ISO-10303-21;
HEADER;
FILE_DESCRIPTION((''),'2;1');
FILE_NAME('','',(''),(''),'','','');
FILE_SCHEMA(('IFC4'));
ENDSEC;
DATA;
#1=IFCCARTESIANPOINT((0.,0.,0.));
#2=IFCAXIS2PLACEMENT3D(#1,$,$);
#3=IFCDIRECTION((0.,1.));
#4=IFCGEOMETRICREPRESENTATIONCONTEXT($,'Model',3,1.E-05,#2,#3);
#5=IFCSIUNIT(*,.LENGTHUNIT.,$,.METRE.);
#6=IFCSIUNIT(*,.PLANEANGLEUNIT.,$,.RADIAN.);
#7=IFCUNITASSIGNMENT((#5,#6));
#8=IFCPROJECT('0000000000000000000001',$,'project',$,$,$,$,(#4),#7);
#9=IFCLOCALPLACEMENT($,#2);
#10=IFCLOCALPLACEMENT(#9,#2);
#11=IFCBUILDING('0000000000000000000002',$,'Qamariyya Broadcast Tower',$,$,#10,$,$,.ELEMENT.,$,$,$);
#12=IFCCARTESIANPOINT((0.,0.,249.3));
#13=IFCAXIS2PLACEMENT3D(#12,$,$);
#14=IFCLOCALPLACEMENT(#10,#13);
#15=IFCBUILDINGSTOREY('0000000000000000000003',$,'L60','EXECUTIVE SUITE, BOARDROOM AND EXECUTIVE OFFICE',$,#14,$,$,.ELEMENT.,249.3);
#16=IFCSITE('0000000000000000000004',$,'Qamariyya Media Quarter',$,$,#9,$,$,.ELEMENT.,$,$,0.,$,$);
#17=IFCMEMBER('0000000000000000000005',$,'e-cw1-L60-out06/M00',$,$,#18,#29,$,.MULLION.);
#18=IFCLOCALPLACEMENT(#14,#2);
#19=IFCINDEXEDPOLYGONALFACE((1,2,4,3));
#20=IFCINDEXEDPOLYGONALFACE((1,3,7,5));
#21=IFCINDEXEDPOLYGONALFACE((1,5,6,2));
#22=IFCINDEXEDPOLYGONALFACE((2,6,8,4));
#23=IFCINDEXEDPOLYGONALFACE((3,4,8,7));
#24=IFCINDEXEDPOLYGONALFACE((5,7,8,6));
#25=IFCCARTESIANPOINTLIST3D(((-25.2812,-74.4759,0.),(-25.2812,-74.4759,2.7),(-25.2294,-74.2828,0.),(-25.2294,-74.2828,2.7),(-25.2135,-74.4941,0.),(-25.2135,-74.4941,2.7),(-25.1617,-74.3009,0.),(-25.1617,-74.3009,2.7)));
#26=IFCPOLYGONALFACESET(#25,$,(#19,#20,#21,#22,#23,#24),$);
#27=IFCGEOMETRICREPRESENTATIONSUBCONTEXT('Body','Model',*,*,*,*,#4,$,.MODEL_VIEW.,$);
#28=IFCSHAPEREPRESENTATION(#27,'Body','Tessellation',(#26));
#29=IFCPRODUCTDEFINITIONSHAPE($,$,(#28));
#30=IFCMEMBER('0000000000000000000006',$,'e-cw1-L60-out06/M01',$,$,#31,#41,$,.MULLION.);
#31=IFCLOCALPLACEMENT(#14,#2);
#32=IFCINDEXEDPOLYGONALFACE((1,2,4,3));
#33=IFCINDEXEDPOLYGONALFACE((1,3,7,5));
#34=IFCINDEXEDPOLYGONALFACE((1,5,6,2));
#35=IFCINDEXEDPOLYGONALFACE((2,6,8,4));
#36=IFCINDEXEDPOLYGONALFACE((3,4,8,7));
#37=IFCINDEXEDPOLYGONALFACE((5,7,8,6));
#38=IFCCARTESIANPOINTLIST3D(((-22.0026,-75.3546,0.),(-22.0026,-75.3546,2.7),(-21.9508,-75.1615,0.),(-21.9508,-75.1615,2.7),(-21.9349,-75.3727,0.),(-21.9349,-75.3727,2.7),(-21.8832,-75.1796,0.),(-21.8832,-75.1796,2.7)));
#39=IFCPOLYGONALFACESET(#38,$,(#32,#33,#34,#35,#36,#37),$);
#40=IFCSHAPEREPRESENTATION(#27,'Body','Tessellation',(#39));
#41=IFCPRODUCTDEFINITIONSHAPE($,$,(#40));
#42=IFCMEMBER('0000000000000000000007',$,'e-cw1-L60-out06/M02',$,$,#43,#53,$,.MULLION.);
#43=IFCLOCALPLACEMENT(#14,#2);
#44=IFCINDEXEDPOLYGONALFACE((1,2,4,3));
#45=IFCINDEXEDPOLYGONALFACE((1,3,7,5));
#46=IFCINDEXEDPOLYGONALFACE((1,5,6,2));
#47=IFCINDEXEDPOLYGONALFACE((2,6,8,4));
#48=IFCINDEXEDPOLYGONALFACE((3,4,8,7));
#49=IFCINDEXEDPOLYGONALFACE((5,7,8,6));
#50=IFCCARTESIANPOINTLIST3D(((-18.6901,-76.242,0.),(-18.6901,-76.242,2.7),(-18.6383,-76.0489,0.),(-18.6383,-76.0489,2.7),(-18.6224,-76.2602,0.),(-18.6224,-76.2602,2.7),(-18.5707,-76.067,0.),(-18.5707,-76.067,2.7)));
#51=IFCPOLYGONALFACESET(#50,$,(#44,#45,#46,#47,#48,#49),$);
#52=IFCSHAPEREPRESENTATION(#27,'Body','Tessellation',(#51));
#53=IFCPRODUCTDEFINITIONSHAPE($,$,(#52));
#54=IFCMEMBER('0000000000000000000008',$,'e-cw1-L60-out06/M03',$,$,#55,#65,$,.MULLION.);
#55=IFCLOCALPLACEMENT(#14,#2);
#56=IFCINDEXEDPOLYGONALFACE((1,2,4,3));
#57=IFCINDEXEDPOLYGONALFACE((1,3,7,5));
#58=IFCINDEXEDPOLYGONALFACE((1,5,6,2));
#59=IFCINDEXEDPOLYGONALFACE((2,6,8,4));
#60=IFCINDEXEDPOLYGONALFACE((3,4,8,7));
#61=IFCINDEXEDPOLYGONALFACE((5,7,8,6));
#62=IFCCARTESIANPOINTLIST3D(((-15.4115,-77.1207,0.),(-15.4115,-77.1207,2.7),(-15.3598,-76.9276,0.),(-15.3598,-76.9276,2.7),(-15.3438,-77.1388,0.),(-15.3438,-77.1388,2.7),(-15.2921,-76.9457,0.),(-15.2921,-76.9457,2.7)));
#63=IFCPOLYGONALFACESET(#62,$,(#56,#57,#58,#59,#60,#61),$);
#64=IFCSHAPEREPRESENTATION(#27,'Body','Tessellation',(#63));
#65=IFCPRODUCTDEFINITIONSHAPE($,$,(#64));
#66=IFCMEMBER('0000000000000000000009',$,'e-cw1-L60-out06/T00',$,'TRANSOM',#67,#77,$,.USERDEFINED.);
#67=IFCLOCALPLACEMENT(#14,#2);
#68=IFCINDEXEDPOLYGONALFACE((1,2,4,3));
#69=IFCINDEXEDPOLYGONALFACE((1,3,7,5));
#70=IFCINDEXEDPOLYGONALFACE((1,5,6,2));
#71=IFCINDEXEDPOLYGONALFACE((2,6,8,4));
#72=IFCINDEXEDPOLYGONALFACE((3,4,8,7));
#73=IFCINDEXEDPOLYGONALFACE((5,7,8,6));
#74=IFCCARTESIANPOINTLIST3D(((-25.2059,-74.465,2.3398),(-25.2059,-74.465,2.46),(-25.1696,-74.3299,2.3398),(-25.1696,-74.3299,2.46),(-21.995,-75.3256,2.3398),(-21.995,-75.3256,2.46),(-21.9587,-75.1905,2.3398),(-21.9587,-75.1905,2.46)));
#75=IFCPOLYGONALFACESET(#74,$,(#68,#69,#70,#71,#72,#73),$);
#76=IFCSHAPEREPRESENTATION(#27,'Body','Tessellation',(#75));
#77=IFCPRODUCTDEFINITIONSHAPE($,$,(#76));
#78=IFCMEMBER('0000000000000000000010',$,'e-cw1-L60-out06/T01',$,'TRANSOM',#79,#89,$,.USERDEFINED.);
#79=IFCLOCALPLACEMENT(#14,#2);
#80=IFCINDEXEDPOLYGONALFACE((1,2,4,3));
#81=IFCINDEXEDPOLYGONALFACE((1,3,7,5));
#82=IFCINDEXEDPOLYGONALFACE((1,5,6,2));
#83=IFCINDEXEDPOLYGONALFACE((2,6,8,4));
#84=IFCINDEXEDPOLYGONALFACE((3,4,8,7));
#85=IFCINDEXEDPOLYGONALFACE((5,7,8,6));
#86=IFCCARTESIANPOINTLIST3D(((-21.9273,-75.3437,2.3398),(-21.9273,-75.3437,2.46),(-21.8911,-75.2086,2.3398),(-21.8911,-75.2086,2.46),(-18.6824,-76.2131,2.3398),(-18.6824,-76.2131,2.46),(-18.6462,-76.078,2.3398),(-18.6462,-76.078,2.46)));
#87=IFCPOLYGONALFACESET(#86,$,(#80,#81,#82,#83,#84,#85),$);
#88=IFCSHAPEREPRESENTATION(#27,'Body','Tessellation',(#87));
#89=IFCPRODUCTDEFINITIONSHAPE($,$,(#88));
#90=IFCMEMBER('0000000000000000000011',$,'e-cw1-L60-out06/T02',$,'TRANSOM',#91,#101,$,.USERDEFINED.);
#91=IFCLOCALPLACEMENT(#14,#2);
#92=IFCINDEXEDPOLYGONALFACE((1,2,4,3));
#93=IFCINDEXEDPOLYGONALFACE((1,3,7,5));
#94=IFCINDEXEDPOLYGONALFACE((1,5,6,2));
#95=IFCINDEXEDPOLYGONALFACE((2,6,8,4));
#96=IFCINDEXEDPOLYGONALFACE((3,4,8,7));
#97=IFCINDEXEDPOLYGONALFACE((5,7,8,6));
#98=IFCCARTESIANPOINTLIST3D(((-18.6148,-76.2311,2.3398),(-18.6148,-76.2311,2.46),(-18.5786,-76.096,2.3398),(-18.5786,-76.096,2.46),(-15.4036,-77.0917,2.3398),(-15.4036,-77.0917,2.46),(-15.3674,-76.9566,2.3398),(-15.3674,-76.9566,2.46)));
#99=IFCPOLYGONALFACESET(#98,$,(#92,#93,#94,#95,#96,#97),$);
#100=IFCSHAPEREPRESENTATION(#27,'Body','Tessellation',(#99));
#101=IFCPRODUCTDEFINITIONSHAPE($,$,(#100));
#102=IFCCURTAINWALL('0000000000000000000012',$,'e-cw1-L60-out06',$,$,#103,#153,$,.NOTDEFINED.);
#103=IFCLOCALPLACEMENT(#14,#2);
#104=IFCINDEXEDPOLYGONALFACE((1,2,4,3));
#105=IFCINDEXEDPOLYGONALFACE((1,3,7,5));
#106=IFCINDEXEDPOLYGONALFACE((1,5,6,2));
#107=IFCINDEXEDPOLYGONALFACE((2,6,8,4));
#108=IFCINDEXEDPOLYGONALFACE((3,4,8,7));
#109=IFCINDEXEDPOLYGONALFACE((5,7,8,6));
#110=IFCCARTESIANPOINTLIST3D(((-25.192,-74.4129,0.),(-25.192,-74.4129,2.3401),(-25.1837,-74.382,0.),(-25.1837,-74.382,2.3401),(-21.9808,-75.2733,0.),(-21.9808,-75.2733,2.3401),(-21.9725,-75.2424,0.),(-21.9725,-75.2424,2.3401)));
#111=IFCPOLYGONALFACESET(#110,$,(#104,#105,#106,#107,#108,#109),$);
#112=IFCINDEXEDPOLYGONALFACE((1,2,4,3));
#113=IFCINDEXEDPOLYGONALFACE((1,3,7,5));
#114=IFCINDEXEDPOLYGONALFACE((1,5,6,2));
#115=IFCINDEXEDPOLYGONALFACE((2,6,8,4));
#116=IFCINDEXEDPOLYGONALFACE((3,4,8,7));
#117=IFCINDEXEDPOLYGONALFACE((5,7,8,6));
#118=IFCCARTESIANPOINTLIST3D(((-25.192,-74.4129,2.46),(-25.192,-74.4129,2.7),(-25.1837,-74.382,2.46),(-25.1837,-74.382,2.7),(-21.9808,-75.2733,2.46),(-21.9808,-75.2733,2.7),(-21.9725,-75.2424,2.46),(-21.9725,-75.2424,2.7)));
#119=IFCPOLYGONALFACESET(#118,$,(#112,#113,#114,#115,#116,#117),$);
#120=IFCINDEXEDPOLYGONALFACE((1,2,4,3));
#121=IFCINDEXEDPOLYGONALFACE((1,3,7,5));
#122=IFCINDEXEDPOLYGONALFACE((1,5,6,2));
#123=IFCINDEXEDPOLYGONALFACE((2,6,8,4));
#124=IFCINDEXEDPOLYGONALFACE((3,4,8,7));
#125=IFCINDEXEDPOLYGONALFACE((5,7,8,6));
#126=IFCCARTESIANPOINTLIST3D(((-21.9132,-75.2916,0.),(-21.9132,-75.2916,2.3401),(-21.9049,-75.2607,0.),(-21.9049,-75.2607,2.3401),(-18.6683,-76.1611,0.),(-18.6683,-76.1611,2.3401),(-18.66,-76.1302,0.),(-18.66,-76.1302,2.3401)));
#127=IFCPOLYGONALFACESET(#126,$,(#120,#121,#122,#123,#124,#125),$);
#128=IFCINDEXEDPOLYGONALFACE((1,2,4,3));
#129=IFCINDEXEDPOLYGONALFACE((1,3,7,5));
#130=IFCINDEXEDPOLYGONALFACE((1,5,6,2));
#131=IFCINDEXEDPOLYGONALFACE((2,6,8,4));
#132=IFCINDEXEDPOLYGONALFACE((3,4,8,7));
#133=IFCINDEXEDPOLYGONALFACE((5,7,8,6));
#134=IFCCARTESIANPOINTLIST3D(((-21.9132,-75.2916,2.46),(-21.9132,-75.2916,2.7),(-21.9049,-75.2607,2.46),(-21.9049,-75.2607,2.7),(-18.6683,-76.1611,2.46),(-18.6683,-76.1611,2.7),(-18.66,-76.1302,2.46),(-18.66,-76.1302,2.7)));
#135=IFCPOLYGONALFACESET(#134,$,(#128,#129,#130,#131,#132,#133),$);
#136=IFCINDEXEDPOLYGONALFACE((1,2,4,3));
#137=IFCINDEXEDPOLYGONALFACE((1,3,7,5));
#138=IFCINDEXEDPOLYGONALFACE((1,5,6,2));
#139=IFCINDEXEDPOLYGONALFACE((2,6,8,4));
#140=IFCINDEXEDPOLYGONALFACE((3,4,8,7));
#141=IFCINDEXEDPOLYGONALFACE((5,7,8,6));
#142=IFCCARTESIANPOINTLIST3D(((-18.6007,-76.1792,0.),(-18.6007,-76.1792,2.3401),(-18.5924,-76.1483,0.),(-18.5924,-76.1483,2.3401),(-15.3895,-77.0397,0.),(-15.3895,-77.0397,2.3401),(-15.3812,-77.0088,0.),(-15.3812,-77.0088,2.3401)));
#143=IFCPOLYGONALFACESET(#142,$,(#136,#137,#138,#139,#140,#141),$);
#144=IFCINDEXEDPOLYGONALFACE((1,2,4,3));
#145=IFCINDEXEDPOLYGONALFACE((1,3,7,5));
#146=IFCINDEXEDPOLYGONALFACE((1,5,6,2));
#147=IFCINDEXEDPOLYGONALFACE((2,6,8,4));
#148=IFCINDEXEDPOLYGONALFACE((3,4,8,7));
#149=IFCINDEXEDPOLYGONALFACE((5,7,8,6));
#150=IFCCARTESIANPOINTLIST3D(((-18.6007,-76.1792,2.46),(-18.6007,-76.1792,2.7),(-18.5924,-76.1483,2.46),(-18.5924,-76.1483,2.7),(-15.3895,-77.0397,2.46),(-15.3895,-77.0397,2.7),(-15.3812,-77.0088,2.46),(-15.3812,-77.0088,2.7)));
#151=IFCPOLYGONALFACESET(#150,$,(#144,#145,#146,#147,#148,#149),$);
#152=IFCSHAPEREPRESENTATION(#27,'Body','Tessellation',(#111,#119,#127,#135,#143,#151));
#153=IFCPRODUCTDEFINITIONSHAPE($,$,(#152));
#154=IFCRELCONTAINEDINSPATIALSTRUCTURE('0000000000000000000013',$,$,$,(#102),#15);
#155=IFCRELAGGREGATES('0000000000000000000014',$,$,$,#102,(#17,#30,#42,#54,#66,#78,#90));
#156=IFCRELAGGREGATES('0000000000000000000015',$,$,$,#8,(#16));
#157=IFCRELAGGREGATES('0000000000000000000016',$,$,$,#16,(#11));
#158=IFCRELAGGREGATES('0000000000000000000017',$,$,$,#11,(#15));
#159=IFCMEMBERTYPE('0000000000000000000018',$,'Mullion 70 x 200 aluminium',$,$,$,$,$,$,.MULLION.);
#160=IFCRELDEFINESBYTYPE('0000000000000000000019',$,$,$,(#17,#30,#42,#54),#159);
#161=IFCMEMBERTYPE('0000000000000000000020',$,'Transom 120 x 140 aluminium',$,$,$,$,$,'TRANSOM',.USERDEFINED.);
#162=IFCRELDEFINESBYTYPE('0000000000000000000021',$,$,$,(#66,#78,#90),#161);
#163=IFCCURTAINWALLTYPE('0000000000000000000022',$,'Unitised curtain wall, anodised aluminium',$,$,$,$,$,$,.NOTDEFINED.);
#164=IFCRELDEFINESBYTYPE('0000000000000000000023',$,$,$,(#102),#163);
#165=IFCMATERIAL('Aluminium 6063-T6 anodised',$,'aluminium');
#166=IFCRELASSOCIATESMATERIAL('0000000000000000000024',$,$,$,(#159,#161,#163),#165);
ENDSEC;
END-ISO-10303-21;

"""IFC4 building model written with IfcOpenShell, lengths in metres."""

from ifc_helpers import new_model, si_unit, direction, frame, origin, origin_2d, place, context, subcontext, project, spatial, rectangle, extrude, material, material_profile, profile_set, type_object, element, aggregate, save


model = new_model("IFC4")

# Units and contexts
model_context = context("Model", 3, precision=1e-05, world=origin(), true_north=direction((0.0, 1.0)))
body_context = subcontext(model_context, "Body", "Model", "MODEL_VIEW")
ifc_project = project(units=[si_unit("LENGTHUNIT", "METRE"), si_unit("PLANEANGLEUNIT", "RADIAN")], contexts=[model_context])

# Members
ifc_material = material(Name="Aluminium 6063-T6 anodised", Category="aluminium")
ifc_material_profile_1 = material_profile(ifc_material, rectangle(XDim=0.2, YDim=0.0701, at=origin_2d()))
ifc_profile_set_1 = profile_set([ifc_material_profile_1], Name="Aluminium 6063-T6 anodised")
member_type_1 = type_object("IfcMemberType", Name="Mullion 70 x 200 aluminium", PredefinedType="MULLION", material=ifc_profile_set_1)
site_placement = place(None, origin())
building_placement = place(site_placement, origin())
storey_placement = place(building_placement, frame((0.0, 0.0, 249.3)))
member_1_placement = place(storey_placement, frame((-25.2214, -74.3884, 0.0), z_axis=(0.0, 0.0, 1.0), x_axis=(0.258819, 0.965926, 0.0)))
member_1 = element("IfcMember", 1, at=member_1_placement, type_object=member_type_1, Name="e-cw1-L60-out06/M00", PredefinedType="MULLION", context=body_context, shape_type="SweptSolid", body=[
    extrude(rectangle(XDim=0.2, YDim=0.0701, at=origin_2d()), origin(), (0.0, 0.0, 1.0), 2.7),
])
member_2_placement = place(storey_placement, frame((-21.9429, -75.2671, 0.0), z_axis=(0.0, 0.0, 1.0), x_axis=(0.258819, 0.965926, 0.0)))
member_2 = element("IfcMember", 2, at=member_2_placement, type_object=member_type_1, Name="e-cw1-L60-out06/M01", PredefinedType="MULLION", context=body_context, shape_type="SweptSolid", body=[
    extrude(rectangle(XDim=0.2, YDim=0.0701, at=origin_2d()), origin(), (0.0, 0.0, 1.0), 2.7),
])
member_3_placement = place(storey_placement, frame((-18.6304, -76.1545, 0.0), z_axis=(0.0, 0.0, 1.0), x_axis=(0.258819, 0.965926, 0.0)))
member_3 = element("IfcMember", 3, at=member_3_placement, type_object=member_type_1, Name="e-cw1-L60-out06/M02", PredefinedType="MULLION", context=body_context, shape_type="SweptSolid", body=[
    extrude(rectangle(XDim=0.2, YDim=0.0701, at=origin_2d()), origin(), (0.0, 0.0, 1.0), 2.7),
])
member_4_placement = place(storey_placement, frame((-15.3518, -77.0332, 0.0), z_axis=(0.0, 0.0, 1.0), x_axis=(0.258819, 0.965926, 0.0)))
member_4 = element("IfcMember", 4, at=member_4_placement, type_object=member_type_1, Name="e-cw1-L60-out06/M03", PredefinedType="MULLION", context=body_context, shape_type="SweptSolid", body=[
    extrude(rectangle(XDim=0.2, YDim=0.0701, at=origin_2d()), origin(), (0.0, 0.0, 1.0), 2.7),
])
ifc_material_profile_2 = material_profile(ifc_material, rectangle(XDim=0.1399, YDim=0.1201, at=origin_2d()))
ifc_profile_set_2 = profile_set([ifc_material_profile_2], Name="Aluminium 6063-T6 anodised")
member_type_2 = type_object("IfcMemberType", Name="Transom 120 x 140 aluminium", ElementType="TRANSOM", PredefinedType="USERDEFINED", material=ifc_profile_set_2)
member_5_placement = place(storey_placement, frame((-25.1877, -74.3975, 2.3999), z_axis=(0.965909, -0.258883, 0.0), x_axis=(0.258883, 0.965909, 0.0)))
member_5 = element("IfcMember", 5, at=member_5_placement, type_object=member_type_2, Name="e-cw1-L60-out06/T00", ObjectType="TRANSOM", PredefinedType="USERDEFINED", context=body_context, shape_type="SweptSolid", body=[
    extrude(rectangle(XDim=0.1399, YDim=0.1201, at=origin_2d()), origin(), (0.0, 0.0, 1.0), 3.3242),
])
member_6_placement = place(storey_placement, frame((-21.9092, -75.2761, 2.3999), z_axis=(0.965932, -0.258798, 0.0), x_axis=(0.258798, 0.965932, 0.0)))
member_6 = element("IfcMember", 6, at=member_6_placement, type_object=member_type_2, Name="e-cw1-L60-out06/T01", ObjectType="TRANSOM", PredefinedType="USERDEFINED", context=body_context, shape_type="SweptSolid", body=[
    extrude(rectangle(XDim=0.1399, YDim=0.1201, at=origin_2d()), origin(), (0.0, 0.0, 1.0), 3.3594),
])
member_7_placement = place(storey_placement, frame((-18.5967, -76.1636, 2.3999), z_axis=(0.965914, -0.258865, 0.0), x_axis=(0.258865, 0.965914, 0.0)))
member_7 = element("IfcMember", 7, at=member_7_placement, type_object=member_type_2, Name="e-cw1-L60-out06/T02", ObjectType="TRANSOM", PredefinedType="USERDEFINED", context=body_context, shape_type="SweptSolid", body=[
    extrude(rectangle(XDim=0.1399, YDim=0.1201, at=origin_2d()), origin(), (0.0, 0.0, 1.0), 3.3245),
])

# Site, building, storey
site = spatial("IfcSite", under=ifc_project, at=site_placement, Name="Qamariyya Media Quarter", CompositionType="ELEMENT", RefElevation=0.0)
building = spatial("IfcBuilding", under=site, at=building_placement, Name="Qamariyya Broadcast Tower", CompositionType="ELEMENT")
storey = spatial("IfcBuildingStorey", under=building, at=storey_placement, Name="L60", Description="EXECUTIVE SUITE, BOARDROOM AND EXECUTIVE OFFICE", CompositionType="ELEMENT", Elevation=249.3)

# Curtain wall
curtain_wall_type = type_object("IfcCurtainWallType", Name="Unitised curtain wall, anodised aluminium", PredefinedType="NOTDEFINED", material=ifc_material)
curtain_wall_1_placement = place(storey_placement, origin())
curtain_wall_1 = element("IfcCurtainWall", 8, at=curtain_wall_1_placement, inside=storey, type_object=curtain_wall_type, Name="e-cw1-L60-out06", PredefinedType="NOTDEFINED", context=body_context, shape_type="SweptSolid", body=[
    extrude(rectangle(XDim=3.3245, YDim=0.032, at=origin_2d()), frame((-23.5823, -74.8276, 0.0), x_axis=(0.965923, -0.258828, 0.0)), (0.0, 0.0, 1.0), 2.3401),
    extrude(rectangle(XDim=3.3245, YDim=0.032, at=origin_2d()), frame((-23.5823, -74.8276, 2.46), x_axis=(0.965923, -0.258828, 0.0)), (0.0, 0.0, 1.0), 0.24),
    extrude(rectangle(XDim=3.3594, YDim=0.032, at=origin_2d()), frame((-20.2866, -75.7109, 0.0), x_axis=(0.965923, -0.258828, 0.0)), (0.0, 0.0, 1.0), 2.3401),
    extrude(rectangle(XDim=3.3594, YDim=0.032, at=origin_2d()), frame((-20.2866, -75.7109, 2.46), x_axis=(0.965923, -0.258828, 0.0)), (0.0, 0.0, 1.0), 0.24),
    extrude(rectangle(XDim=3.3245, YDim=0.032, at=origin_2d()), frame((-16.991, -76.594, 0.0), x_axis=(0.965923, -0.258828, 0.0)), (0.0, 0.0, 1.0), 2.3401),
    extrude(rectangle(XDim=3.3245, YDim=0.032, at=origin_2d()), frame((-16.991, -76.594, 2.46), x_axis=(0.965923, -0.258828, 0.0)), (0.0, 0.0, 1.0), 0.24),
])
aggregate(curtain_wall_1, [member_1, member_2, member_3, member_4, member_5, member_6, member_7])

save(model, "model.ifc")
